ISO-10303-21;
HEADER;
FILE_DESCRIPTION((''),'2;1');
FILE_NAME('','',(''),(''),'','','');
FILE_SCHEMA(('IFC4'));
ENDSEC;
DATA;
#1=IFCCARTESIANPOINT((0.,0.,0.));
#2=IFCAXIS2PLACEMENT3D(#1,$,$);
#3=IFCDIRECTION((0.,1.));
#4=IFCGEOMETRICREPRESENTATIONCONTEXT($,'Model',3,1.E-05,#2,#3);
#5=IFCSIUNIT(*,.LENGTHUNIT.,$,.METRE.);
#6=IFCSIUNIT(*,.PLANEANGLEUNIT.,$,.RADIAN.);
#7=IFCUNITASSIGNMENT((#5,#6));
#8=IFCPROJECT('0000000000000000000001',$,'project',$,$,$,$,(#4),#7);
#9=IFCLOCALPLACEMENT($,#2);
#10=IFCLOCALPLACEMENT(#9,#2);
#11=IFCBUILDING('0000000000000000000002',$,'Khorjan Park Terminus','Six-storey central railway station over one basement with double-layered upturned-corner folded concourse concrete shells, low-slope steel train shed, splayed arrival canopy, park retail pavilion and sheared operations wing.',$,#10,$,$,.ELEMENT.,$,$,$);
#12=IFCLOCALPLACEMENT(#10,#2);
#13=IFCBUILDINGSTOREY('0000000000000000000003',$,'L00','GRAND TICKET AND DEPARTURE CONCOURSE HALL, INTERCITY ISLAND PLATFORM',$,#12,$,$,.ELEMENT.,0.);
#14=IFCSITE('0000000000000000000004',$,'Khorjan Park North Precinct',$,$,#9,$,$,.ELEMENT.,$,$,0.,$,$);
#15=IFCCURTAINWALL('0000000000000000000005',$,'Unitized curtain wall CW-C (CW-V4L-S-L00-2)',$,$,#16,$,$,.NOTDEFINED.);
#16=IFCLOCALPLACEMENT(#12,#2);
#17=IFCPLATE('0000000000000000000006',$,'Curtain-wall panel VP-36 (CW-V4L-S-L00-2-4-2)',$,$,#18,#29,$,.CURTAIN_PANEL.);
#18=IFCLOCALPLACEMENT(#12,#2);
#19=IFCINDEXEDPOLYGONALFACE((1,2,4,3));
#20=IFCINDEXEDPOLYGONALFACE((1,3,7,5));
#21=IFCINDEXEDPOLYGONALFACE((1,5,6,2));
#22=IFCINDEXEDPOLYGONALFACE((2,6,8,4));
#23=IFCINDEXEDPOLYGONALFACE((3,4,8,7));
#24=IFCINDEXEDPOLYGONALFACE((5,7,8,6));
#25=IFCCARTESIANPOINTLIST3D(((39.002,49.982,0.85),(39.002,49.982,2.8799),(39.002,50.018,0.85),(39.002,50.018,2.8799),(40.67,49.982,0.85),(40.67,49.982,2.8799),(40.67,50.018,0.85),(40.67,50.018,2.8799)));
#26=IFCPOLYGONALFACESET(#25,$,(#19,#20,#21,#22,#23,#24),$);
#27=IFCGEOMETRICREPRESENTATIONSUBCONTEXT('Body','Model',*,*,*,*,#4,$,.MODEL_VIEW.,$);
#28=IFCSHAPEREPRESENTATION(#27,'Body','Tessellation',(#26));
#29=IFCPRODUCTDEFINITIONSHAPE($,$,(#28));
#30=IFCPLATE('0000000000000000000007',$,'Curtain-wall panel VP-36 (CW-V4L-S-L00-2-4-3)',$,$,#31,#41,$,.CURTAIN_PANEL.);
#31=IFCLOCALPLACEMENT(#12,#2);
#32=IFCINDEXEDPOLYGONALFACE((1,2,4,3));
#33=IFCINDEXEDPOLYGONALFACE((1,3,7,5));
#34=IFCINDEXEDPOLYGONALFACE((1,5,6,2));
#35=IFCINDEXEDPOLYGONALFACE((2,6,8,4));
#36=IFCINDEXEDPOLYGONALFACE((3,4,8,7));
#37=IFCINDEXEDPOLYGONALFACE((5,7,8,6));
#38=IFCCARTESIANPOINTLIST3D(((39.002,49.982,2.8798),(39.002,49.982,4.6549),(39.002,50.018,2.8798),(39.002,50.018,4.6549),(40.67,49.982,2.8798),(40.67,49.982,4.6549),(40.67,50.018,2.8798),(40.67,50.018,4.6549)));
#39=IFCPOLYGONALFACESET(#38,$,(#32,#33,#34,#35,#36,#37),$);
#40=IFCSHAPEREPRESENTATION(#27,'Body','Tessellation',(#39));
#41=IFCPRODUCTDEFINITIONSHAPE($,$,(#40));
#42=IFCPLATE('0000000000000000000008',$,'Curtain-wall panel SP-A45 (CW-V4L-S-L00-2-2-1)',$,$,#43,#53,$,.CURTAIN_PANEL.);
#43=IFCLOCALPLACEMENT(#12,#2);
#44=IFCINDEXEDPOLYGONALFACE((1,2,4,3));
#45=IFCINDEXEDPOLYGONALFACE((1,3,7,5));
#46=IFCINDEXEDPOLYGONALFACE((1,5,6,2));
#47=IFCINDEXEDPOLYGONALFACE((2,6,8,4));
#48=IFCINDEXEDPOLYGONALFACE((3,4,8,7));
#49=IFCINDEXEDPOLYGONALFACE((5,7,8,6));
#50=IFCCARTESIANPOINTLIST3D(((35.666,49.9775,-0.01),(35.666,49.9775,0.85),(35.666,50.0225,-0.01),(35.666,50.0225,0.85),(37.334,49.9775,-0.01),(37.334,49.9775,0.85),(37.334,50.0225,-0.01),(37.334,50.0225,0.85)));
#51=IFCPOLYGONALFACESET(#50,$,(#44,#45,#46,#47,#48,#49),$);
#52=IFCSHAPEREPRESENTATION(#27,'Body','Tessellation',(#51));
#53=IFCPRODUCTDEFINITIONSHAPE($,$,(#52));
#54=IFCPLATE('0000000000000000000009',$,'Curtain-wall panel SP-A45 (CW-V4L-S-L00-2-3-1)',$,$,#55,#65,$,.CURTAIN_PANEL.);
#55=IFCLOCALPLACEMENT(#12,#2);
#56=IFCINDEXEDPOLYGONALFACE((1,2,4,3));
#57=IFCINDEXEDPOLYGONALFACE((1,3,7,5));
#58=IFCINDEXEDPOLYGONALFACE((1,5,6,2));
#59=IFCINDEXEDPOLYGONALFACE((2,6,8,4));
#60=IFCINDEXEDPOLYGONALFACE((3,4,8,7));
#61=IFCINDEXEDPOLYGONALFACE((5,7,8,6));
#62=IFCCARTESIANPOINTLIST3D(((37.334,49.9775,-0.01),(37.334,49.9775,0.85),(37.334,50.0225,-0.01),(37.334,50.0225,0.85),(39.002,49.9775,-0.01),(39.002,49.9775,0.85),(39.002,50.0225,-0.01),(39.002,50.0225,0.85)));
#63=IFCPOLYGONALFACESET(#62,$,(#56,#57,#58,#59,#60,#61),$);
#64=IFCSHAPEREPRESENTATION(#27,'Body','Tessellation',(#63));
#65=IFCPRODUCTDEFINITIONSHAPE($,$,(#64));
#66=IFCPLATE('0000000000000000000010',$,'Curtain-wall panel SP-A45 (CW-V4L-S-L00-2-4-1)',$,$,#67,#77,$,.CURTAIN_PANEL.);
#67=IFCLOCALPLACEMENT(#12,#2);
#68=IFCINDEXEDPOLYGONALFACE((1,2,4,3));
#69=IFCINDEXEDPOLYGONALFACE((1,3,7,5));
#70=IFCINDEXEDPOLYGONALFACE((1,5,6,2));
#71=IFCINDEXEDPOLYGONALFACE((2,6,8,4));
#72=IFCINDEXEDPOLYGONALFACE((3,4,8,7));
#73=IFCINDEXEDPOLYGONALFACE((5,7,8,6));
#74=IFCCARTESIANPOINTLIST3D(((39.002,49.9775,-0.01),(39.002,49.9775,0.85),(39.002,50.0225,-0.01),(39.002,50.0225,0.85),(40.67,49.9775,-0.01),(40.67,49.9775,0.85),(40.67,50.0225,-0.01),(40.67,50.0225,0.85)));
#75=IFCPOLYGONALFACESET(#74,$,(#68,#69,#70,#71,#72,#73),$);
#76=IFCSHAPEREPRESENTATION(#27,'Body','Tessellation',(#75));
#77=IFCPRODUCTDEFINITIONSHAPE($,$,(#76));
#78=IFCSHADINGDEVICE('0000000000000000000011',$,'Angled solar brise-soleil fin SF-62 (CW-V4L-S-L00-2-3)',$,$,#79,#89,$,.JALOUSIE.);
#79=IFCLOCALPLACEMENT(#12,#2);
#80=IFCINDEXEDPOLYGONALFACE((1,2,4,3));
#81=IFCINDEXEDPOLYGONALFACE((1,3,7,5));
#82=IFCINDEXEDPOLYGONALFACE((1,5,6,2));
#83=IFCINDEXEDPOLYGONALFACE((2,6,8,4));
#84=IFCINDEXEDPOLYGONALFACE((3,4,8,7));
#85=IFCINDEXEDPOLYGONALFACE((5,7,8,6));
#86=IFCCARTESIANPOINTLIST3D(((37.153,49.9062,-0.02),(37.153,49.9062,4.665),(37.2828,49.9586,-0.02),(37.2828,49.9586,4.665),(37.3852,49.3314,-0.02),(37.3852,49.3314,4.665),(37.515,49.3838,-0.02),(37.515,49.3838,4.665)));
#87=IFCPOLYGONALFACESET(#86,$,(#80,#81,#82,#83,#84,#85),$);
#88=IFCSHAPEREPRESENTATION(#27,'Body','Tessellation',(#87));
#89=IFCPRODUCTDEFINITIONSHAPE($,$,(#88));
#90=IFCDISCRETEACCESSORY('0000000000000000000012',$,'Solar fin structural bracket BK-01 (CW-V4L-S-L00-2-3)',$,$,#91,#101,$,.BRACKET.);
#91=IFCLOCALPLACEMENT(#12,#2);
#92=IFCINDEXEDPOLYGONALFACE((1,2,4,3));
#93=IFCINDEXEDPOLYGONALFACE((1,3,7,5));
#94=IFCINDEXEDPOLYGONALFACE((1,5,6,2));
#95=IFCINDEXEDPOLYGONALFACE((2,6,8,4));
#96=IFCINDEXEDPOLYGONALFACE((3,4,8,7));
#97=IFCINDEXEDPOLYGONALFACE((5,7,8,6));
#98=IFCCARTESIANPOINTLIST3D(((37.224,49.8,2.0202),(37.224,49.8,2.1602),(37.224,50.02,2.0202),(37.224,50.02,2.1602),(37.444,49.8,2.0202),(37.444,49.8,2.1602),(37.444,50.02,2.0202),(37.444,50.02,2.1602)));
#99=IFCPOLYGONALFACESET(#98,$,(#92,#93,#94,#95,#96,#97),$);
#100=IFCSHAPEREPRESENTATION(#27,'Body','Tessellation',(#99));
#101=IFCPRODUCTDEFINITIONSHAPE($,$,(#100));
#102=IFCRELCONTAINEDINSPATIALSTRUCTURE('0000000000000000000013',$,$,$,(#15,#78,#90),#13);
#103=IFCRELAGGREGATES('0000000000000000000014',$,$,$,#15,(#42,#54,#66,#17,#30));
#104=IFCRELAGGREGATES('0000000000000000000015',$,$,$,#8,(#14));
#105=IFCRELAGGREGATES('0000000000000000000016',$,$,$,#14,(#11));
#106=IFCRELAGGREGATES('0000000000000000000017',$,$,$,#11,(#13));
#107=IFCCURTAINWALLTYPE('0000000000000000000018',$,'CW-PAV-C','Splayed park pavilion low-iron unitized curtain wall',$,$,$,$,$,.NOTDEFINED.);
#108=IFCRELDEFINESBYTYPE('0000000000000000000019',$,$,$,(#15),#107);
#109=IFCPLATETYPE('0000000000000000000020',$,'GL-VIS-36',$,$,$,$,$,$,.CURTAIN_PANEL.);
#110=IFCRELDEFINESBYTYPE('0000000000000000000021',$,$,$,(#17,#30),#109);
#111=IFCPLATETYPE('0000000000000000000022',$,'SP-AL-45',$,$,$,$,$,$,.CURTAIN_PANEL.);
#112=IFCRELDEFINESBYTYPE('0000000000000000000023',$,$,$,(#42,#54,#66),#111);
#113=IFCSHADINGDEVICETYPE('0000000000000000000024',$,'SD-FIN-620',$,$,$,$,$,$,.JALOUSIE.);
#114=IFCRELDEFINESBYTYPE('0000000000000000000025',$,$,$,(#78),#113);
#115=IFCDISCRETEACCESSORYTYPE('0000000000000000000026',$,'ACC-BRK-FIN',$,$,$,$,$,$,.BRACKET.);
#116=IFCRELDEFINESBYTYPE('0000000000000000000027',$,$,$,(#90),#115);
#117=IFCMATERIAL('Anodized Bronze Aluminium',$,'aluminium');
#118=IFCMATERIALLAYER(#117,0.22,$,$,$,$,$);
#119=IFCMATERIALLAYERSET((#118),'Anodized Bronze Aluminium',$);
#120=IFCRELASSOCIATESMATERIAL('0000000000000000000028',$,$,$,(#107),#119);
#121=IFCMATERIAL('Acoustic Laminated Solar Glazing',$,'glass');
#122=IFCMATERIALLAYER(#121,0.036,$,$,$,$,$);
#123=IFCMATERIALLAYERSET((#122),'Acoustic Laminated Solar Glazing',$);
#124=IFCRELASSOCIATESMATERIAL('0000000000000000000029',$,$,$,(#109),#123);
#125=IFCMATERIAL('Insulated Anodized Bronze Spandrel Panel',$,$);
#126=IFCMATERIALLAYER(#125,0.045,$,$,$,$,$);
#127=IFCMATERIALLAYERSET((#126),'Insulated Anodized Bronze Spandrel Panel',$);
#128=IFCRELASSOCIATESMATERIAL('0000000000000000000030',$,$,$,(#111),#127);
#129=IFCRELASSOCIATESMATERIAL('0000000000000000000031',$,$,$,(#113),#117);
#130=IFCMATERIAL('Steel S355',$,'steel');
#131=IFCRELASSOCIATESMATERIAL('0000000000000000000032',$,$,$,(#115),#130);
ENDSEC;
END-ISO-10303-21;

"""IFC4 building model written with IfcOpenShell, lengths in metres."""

from ifc_helpers import new_model, si_unit, direction, frame, origin, origin_2d, place, context, subcontext, project, spatial, rectangle, extrude, material, layer, layer_set, type_object, element, aggregate, save


model = new_model("IFC4")

# Units and contexts
model_context = context("Model", 3, precision=1e-05, world=origin(), true_north=direction((0.0, 1.0)))
body_context = subcontext(model_context, "Body", "Model", "MODEL_VIEW")
ifc_project = project(units=[si_unit("LENGTHUNIT", "METRE"), si_unit("PLANEANGLEUNIT", "RADIAN")], contexts=[model_context])

# Site, building, storey
site_placement = place(None, origin())
site = spatial("IfcSite", under=ifc_project, at=site_placement, Name="Khorjan Park North Precinct", CompositionType="ELEMENT", RefElevation=0.0)
building_placement = place(site_placement, origin())
building = spatial("IfcBuilding", under=site, at=building_placement, Name="Khorjan Park Terminus", Description="Six-storey central railway station over one basement with double-layered upturned-corner folded concourse concrete shells, low-slope steel train shed, splayed arrival canopy, park retail pavilion and sheared operations wing.", CompositionType="ELEMENT")
storey_placement = place(building_placement, origin())
storey = spatial("IfcBuildingStorey", under=building, at=storey_placement, Name="L00", Description="GRAND TICKET AND DEPARTURE CONCOURSE HALL, INTERCITY ISLAND PLATFORM", CompositionType="ELEMENT", Elevation=0.0)

# Curtain wall, plates
ifc_material_1 = material(Name="Anodized Bronze Aluminium", Category="aluminium")
ifc_layer_1 = layer(ifc_material_1, 0.22)
ifc_layer_set_1 = layer_set([ifc_layer_1], Name="Anodized Bronze Aluminium")
curtain_wall_type = type_object("IfcCurtainWallType", Name="CW-PAV-C", Description="Splayed park pavilion low-iron unitized curtain wall", PredefinedType="NOTDEFINED", material=ifc_layer_set_1)
curtain_wall_placement = place(storey_placement, origin())
curtain_wall = element("IfcCurtainWall", 1, at=curtain_wall_placement, inside=storey, type_object=curtain_wall_type, Name="Unitized curtain wall CW-C (CW-V4L-S-L00-2)", PredefinedType="NOTDEFINED")
ifc_material_2 = material(Name="Acoustic Laminated Solar Glazing", Category="glass")
ifc_layer_2 = layer(ifc_material_2, 0.036)
ifc_layer_set_2 = layer_set([ifc_layer_2], Name="Acoustic Laminated Solar Glazing")
plate_type_1 = type_object("IfcPlateType", Name="GL-VIS-36", PredefinedType="CURTAIN_PANEL", material=ifc_layer_set_2)
plate_1_placement = place(storey_placement, frame((39.836, 50.0, 0.85), z_axis=(0.0, 0.0, 1.0), x_axis=(1.0, 0.0, 0.0)))
plate_1 = element("IfcPlate", 2, at=plate_1_placement, type_object=plate_type_1, Name="Curtain-wall panel VP-36 (CW-V4L-S-L00-2-4-2)", PredefinedType="CURTAIN_PANEL", context=body_context, shape_type="SweptSolid", body=[
    extrude(rectangle(XDim=1.668, YDim=0.036, at=origin_2d()), origin(), (0.0, 0.0, 1.0), 2.0299),
])
plate_2_placement = place(storey_placement, frame((39.836, 50.0, 2.8798), z_axis=(0.0, 0.0, 1.0), x_axis=(1.0, 0.0, 0.0)))
plate_2 = element("IfcPlate", 3, at=plate_2_placement, type_object=plate_type_1, Name="Curtain-wall panel VP-36 (CW-V4L-S-L00-2-4-3)", PredefinedType="CURTAIN_PANEL", context=body_context, shape_type="SweptSolid", body=[
    extrude(rectangle(XDim=1.668, YDim=0.036, at=origin_2d()), origin(), (0.0, 0.0, 1.0), 1.7751),
])
ifc_material_3 = material(Name="Insulated Anodized Bronze Spandrel Panel")
ifc_layer_3 = layer(ifc_material_3, 0.045)
ifc_layer_set_3 = layer_set([ifc_layer_3], Name="Insulated Anodized Bronze Spandrel Panel")
plate_type_2 = type_object("IfcPlateType", Name="SP-AL-45", PredefinedType="CURTAIN_PANEL", material=ifc_layer_set_3)
plate_3_placement = place(storey_placement, frame((36.5, 50.0, -0.01), z_axis=(0.0, 0.0, 1.0), x_axis=(1.0, 0.0, 0.0)))
plate_3 = element("IfcPlate", 4, at=plate_3_placement, type_object=plate_type_2, Name="Curtain-wall panel SP-A45 (CW-V4L-S-L00-2-2-1)", PredefinedType="CURTAIN_PANEL", context=body_context, shape_type="SweptSolid", body=[
    extrude(rectangle(XDim=1.668, YDim=0.045, at=origin_2d()), origin(), (0.0, 0.0, 1.0), 0.86),
])
plate_4_placement = place(storey_placement, frame((38.168, 50.0, -0.01), z_axis=(0.0, 0.0, 1.0), x_axis=(1.0, 0.0, 0.0)))
plate_4 = element("IfcPlate", 5, at=plate_4_placement, type_object=plate_type_2, Name="Curtain-wall panel SP-A45 (CW-V4L-S-L00-2-3-1)", PredefinedType="CURTAIN_PANEL", context=body_context, shape_type="SweptSolid", body=[
    extrude(rectangle(XDim=1.668, YDim=0.045, at=origin_2d()), origin(), (0.0, 0.0, 1.0), 0.86),
])
plate_5_placement = place(storey_placement, frame((39.836, 50.0, -0.01), z_axis=(0.0, 0.0, 1.0), x_axis=(1.0, 0.0, 0.0)))
plate_5 = element("IfcPlate", 6, at=plate_5_placement, type_object=plate_type_2, Name="Curtain-wall panel SP-A45 (CW-V4L-S-L00-2-4-1)", PredefinedType="CURTAIN_PANEL", context=body_context, shape_type="SweptSolid", body=[
    extrude(rectangle(XDim=1.668, YDim=0.045, at=origin_2d()), origin(), (0.0, 0.0, 1.0), 0.86),
])
aggregate(curtain_wall, [plate_3, plate_4, plate_5, plate_1, plate_2])

# Shading device
shading_device_type = type_object("IfcShadingDeviceType", Name="SD-FIN-620", PredefinedType="JALOUSIE", material=ifc_material_1)
shading_device_placement = place(storey_placement, frame((37.334, 49.645, -0.02), z_axis=(0.0, 0.0, 1.0), x_axis=(-0.374607, 0.927184, 0.0)))
element("IfcShadingDevice", 7, at=shading_device_placement, inside=storey, type_object=shading_device_type, Name="Angled solar brise-soleil fin SF-62 (CW-V4L-S-L00-2-3)", PredefinedType="JALOUSIE", context=body_context, shape_type="SweptSolid", body=[
    extrude(rectangle(XDim=0.62, YDim=0.14, at=origin_2d()), origin(), (0.0, 0.0, 1.0), 4.685),
])

# Discrete accessory
ifc_material_4 = material(Name="Steel S355", Category="steel")
discrete_accessory_type = type_object("IfcDiscreteAccessoryType", Name="ACC-BRK-FIN", PredefinedType="BRACKET", material=ifc_material_4)
discrete_accessory_placement = place(storey_placement, frame((37.334, 49.91, 2.0202), z_axis=(0.0, 0.0, 1.0), x_axis=(1.0, 0.0, 0.0)))
element("IfcDiscreteAccessory", 8, at=discrete_accessory_placement, inside=storey, type_object=discrete_accessory_type, Name="Solar fin structural bracket BK-01 (CW-V4L-S-L00-2-3)", PredefinedType="BRACKET", context=body_context, shape_type="SweptSolid", body=[
    extrude(rectangle(XDim=0.22, YDim=0.22, at=origin_2d()), origin(), (0.0, 0.0, 1.0), 0.14),
])

save(model, "model.ifc")
